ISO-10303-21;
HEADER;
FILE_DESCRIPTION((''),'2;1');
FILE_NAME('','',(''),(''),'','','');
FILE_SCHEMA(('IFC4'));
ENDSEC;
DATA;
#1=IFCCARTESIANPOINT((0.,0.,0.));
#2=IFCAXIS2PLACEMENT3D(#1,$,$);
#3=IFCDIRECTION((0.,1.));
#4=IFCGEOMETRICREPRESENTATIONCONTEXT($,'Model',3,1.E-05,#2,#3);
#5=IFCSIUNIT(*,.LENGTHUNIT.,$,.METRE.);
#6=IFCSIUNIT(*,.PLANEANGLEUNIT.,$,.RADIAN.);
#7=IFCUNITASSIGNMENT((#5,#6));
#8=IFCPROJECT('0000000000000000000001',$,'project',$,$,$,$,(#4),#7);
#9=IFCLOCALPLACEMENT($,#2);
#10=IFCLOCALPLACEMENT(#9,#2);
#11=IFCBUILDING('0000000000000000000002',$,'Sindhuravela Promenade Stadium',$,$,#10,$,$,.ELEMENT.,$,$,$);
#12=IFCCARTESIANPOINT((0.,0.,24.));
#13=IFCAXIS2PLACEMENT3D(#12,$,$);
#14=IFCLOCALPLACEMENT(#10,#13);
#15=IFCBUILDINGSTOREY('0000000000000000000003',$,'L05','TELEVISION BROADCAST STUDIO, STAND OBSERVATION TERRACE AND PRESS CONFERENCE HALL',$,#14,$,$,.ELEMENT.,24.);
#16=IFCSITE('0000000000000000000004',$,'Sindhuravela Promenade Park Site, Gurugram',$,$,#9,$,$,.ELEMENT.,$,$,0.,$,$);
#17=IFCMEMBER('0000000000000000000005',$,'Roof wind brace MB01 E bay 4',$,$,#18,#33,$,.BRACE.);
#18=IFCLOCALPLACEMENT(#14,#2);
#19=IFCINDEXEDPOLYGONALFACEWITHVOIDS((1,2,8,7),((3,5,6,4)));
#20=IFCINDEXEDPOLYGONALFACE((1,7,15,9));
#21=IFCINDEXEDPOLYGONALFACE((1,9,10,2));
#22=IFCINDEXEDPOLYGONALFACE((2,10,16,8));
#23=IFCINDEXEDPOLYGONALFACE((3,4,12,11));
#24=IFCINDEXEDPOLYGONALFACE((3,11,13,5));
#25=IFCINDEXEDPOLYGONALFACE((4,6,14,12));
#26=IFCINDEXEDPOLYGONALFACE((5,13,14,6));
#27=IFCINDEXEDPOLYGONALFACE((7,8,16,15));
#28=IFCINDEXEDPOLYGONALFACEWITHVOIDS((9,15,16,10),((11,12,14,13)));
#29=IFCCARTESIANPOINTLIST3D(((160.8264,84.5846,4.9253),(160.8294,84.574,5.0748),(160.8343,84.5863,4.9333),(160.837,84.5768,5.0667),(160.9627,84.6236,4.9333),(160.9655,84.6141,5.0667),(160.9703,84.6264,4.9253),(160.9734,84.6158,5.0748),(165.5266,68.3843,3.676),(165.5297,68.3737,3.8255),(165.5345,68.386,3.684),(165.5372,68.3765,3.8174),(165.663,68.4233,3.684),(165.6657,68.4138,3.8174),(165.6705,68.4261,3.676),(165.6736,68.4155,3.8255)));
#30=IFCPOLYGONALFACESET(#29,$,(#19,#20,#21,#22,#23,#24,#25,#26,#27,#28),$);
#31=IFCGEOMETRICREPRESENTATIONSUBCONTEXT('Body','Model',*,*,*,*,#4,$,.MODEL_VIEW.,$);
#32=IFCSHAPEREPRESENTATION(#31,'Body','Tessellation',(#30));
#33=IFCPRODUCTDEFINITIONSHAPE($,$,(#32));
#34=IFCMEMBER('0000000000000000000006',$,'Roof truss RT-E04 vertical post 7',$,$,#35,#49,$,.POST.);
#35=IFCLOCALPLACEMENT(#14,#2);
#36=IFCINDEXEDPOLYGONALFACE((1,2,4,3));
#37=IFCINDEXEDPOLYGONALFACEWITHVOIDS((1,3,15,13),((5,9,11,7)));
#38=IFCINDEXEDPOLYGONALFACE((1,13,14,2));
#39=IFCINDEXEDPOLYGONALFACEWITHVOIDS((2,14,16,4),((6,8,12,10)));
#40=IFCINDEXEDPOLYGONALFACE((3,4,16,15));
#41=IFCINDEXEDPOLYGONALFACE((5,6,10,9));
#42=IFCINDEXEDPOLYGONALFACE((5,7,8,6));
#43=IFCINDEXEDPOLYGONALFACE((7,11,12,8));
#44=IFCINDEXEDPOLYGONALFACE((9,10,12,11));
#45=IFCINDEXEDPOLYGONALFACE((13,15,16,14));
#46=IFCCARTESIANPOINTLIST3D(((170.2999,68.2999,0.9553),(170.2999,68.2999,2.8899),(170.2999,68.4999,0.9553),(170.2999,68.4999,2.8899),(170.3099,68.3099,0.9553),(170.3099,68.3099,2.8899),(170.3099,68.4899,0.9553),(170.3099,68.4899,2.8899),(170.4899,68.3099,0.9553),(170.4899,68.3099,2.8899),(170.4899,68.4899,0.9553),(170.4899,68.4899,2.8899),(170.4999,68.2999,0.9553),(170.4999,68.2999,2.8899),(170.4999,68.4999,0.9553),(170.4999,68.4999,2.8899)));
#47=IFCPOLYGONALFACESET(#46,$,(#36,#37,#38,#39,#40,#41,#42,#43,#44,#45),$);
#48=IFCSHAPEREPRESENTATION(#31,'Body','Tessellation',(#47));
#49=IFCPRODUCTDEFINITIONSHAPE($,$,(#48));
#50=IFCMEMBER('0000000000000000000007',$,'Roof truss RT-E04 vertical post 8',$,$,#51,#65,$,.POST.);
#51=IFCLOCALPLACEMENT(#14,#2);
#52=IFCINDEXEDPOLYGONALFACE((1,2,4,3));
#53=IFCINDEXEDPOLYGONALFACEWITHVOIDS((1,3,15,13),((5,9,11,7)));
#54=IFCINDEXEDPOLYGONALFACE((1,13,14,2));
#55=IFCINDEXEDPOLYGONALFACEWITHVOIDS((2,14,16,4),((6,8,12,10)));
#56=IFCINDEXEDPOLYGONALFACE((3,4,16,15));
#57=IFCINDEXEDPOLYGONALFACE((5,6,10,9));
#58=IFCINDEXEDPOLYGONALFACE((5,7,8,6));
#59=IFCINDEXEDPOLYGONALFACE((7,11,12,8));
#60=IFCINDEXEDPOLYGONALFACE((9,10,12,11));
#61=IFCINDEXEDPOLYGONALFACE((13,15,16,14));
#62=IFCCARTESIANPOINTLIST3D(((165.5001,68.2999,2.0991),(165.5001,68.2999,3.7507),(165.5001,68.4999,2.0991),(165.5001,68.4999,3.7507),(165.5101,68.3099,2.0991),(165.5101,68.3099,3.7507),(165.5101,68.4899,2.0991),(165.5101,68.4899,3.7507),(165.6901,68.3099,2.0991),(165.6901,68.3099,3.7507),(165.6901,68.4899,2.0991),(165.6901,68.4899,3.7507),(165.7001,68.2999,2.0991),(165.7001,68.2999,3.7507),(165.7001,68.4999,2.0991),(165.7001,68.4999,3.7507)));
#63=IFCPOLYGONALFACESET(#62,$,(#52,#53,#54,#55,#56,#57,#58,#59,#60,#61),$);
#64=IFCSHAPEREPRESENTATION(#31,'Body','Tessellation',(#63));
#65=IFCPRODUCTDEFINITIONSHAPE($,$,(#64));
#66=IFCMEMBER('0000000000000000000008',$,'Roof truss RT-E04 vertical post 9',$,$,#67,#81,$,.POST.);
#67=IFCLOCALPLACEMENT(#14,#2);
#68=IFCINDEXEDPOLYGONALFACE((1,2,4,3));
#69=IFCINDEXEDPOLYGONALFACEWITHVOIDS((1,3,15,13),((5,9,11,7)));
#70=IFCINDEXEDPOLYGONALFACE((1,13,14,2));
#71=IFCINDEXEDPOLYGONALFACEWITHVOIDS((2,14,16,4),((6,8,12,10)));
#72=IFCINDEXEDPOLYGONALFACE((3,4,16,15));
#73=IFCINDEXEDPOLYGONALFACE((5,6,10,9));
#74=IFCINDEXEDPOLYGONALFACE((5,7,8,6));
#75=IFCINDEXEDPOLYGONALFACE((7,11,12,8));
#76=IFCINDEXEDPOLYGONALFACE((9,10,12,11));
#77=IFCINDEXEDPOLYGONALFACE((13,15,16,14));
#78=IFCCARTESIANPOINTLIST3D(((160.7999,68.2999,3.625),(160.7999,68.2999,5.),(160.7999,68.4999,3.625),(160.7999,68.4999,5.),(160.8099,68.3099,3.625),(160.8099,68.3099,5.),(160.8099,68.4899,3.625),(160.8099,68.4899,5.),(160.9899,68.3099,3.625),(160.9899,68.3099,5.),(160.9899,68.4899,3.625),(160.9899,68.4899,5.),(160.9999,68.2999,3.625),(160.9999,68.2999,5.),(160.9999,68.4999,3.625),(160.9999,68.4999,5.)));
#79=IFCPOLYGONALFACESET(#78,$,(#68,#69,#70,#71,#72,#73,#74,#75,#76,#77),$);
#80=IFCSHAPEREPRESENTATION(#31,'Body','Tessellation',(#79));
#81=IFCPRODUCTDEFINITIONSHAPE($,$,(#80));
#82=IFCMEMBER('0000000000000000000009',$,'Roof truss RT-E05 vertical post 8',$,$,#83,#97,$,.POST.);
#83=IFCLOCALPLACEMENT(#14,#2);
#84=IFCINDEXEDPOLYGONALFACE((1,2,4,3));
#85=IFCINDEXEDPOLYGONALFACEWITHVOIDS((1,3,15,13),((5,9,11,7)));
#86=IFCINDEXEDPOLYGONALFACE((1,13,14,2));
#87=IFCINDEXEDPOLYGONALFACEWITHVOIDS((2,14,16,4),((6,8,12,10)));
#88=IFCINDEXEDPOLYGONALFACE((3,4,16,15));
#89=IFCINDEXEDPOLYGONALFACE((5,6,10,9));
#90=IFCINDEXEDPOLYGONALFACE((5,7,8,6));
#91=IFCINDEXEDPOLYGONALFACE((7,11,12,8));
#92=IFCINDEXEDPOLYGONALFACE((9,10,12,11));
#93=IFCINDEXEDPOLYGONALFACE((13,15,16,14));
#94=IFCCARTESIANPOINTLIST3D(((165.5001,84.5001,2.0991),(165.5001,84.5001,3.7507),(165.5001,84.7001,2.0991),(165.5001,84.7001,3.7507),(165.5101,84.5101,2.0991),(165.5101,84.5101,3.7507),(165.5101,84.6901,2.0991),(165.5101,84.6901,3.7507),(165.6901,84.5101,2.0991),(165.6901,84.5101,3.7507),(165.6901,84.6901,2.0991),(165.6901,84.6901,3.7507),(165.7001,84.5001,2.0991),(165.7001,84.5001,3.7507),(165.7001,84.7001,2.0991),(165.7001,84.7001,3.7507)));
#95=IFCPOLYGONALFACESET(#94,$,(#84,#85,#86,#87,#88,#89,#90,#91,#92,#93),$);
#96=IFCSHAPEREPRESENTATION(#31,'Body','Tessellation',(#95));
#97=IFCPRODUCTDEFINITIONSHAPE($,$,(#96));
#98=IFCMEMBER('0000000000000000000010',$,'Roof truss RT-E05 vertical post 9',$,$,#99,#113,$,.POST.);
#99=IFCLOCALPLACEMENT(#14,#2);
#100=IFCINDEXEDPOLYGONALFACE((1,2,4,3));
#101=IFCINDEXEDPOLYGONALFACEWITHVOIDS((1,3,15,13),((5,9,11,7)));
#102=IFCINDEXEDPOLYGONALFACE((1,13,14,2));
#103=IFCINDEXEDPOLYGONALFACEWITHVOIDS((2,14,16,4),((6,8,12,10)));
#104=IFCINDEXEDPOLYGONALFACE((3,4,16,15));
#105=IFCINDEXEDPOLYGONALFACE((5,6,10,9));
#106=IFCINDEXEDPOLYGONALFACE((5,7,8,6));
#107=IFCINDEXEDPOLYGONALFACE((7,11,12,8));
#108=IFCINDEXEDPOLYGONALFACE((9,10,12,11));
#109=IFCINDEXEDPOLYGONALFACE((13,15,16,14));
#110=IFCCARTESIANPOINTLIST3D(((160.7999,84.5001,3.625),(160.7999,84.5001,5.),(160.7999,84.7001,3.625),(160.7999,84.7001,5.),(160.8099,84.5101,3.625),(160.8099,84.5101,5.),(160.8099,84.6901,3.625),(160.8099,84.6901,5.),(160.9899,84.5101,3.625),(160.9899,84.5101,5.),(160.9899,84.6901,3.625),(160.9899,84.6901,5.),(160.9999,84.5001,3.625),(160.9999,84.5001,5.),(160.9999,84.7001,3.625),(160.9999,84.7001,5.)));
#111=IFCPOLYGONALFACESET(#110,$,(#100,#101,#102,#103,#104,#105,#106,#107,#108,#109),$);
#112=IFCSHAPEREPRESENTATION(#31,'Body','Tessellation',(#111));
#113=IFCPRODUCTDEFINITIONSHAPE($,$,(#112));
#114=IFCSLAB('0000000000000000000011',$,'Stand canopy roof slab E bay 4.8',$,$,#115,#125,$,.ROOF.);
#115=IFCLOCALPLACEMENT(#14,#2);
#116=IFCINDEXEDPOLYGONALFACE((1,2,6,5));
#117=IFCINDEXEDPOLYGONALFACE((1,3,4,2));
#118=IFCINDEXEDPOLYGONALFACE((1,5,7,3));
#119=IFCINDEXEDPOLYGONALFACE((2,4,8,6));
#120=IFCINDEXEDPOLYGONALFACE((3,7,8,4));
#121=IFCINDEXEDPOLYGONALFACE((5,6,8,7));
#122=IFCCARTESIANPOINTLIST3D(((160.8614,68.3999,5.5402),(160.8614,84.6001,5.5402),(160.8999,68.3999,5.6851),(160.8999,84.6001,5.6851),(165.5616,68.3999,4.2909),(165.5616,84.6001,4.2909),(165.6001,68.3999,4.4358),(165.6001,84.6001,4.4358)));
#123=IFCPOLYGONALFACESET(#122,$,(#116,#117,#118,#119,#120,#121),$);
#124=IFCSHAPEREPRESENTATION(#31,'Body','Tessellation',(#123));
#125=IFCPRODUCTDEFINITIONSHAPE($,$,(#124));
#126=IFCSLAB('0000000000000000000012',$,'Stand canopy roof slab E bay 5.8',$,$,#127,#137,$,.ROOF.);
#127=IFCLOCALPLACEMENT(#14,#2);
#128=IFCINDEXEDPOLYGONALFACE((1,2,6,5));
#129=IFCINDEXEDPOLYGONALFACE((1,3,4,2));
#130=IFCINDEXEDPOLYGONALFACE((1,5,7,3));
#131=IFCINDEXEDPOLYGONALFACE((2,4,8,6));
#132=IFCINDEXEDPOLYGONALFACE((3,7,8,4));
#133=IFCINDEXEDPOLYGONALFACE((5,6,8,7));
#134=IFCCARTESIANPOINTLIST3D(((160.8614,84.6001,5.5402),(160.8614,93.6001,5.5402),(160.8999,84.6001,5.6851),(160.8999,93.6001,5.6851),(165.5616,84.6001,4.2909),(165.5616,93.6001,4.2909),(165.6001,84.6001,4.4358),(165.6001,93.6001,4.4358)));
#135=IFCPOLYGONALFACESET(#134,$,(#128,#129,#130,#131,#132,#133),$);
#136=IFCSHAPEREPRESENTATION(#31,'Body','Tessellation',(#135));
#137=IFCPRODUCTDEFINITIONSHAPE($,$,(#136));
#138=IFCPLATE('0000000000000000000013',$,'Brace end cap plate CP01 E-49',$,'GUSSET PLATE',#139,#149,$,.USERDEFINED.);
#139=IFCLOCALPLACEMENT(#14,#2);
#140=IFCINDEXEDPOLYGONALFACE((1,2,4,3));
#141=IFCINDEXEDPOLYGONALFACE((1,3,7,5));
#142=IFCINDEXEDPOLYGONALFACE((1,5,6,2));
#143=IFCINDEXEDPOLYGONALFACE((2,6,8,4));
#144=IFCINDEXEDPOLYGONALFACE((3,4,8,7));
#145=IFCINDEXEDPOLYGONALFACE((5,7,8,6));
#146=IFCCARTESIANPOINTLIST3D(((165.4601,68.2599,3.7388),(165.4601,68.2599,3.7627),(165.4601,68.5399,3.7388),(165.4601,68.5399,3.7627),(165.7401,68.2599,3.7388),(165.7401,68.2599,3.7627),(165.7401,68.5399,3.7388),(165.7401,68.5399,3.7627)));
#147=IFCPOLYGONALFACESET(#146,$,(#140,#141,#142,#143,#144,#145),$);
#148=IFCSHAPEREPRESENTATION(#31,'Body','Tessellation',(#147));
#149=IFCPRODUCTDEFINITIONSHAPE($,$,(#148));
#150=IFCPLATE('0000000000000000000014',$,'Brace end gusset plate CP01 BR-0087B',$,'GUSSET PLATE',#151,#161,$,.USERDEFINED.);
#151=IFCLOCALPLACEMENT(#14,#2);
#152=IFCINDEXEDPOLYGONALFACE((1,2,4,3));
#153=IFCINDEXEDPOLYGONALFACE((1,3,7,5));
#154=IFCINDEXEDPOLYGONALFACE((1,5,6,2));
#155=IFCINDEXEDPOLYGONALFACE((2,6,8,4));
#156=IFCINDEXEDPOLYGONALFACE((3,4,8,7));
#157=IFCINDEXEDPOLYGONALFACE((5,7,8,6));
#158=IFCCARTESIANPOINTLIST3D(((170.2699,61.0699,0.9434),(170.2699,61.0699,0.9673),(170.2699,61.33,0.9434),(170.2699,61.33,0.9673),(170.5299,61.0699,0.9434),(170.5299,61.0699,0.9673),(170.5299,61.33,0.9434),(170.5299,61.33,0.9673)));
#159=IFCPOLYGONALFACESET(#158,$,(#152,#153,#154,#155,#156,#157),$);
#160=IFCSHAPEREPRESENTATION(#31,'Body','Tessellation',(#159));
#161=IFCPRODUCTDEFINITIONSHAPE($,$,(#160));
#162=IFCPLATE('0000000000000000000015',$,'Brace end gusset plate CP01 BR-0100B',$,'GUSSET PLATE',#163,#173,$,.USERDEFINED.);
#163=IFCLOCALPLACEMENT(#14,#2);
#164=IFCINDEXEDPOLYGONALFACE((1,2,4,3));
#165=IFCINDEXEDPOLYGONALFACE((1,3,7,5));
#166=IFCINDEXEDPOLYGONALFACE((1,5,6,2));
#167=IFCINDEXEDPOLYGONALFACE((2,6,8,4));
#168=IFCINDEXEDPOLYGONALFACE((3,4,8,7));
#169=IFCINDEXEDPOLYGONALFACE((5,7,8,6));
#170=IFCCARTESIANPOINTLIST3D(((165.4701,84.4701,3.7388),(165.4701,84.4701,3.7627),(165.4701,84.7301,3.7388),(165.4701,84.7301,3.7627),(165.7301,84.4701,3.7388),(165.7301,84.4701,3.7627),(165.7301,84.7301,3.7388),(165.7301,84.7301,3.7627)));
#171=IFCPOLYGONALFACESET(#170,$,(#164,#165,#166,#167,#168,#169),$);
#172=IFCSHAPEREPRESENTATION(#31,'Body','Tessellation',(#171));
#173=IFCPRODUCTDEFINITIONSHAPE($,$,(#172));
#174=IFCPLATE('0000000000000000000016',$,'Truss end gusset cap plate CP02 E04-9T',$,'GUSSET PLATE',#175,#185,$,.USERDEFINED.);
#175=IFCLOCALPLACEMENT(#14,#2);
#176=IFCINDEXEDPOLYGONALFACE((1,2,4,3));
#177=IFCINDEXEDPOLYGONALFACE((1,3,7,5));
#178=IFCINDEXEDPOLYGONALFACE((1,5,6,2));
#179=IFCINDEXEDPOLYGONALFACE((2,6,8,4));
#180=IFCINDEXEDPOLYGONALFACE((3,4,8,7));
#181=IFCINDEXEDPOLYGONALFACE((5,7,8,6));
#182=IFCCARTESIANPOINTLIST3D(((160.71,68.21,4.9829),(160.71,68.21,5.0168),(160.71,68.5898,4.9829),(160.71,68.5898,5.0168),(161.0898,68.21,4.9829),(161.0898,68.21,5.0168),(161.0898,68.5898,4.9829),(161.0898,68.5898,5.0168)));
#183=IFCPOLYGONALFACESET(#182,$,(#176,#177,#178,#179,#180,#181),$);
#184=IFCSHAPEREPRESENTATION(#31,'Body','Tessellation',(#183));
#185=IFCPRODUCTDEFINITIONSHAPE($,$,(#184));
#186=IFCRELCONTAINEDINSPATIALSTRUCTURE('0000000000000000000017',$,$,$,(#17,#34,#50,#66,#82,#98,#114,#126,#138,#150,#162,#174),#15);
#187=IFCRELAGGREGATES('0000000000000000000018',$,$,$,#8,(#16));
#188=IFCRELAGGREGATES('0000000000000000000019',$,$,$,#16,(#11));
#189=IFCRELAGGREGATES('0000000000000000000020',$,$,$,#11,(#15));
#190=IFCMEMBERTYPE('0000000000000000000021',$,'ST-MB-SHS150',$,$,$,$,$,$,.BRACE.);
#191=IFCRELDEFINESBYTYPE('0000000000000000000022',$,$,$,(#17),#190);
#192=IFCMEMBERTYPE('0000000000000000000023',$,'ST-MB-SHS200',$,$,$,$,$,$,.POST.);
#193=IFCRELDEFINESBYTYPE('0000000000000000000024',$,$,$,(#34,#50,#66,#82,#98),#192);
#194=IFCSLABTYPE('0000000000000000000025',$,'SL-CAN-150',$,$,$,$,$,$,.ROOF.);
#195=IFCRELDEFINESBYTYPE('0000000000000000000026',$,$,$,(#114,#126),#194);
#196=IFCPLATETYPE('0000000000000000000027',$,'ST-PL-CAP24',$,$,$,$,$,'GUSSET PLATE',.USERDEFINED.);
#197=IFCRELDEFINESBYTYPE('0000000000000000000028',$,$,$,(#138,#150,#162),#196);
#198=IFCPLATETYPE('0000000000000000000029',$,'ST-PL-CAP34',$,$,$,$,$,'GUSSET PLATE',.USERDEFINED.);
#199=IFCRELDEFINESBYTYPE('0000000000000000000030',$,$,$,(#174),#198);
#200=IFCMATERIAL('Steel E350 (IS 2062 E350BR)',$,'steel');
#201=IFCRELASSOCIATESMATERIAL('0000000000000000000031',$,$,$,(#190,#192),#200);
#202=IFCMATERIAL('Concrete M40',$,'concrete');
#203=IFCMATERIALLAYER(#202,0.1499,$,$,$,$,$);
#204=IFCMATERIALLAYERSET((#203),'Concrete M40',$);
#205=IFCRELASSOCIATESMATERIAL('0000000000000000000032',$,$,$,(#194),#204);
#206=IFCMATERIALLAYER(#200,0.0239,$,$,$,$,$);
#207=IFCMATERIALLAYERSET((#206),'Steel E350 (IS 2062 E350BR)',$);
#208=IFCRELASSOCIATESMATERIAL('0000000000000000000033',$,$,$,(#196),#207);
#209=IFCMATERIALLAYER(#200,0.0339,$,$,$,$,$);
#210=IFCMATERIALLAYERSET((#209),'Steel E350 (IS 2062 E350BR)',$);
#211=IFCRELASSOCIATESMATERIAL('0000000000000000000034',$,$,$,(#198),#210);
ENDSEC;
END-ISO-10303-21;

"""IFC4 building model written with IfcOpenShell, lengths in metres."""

from ifc_helpers import new_model, si_unit, direction, frame, origin, origin_2d, place, context, subcontext, project, spatial, polyline, rectangle, hollow_rectangle, outline, extrude, material, layer, layer_set, material_profile, profile_set, type_object, element, save


model = new_model("IFC4")

# Units and contexts
model_context = context("Model", 3, precision=1e-05, world=origin(), true_north=direction((0.0, 1.0)))
body_context = subcontext(model_context, "Body", "Model", "MODEL_VIEW")
ifc_project = project(units=[si_unit("LENGTHUNIT", "METRE"), si_unit("PLANEANGLEUNIT", "RADIAN")], contexts=[model_context])

# Site, building, storey
site_placement = place(None, origin())
site = spatial("IfcSite", under=ifc_project, at=site_placement, Name="Sindhuravela Promenade Park Site, Gurugram", CompositionType="ELEMENT", RefElevation=0.0)
building_placement = place(site_placement, origin())
building = spatial("IfcBuilding", under=site, at=building_placement, Name="Sindhuravela Promenade Stadium", CompositionType="ELEMENT")
storey_placement = place(building_placement, frame((0.0, 0.0, 24.0)))
storey = spatial("IfcBuildingStorey", under=building, at=storey_placement, Name="L05", Description="TELEVISION BROADCAST STUDIO, STAND OBSERVATION TERRACE AND PRESS CONFERENCE HALL", CompositionType="ELEMENT", Elevation=24.0)

# Shared definitions
ifc_material_1 = material(Name="Steel E350 (IS 2062 E350BR)", Category="steel")

# Members
ifc_material_profile_1 = material_profile(ifc_material_1, hollow_rectangle(XDim=0.1499, YDim=0.1499, WallThickness=0.0081, at=origin_2d()), Name="SHS 150x150x8")
ifc_profile_set_1 = profile_set([ifc_material_profile_1], Name="Steel E350 (IS 2062 E350BR)")
member_type_1 = type_object("IfcMemberType", Name="ST-MB-SHS150", PredefinedType="BRACE", material=ifc_profile_set_1)
member_1_placement = place(storey_placement, frame((165.6001, 68.3999, 3.7507), z_axis=(-0.27788, 0.957772, 0.073858), x_axis=(-0.960395, -0.278641, 0.0)))
element("IfcMember", 1, at=member_1_placement, inside=storey, type_object=member_type_1, Name="Roof wind brace MB01 E bay 4", PredefinedType="BRACE", context=body_context, shape_type="SweptSolid", body=[
    extrude(hollow_rectangle(XDim=0.1499, YDim=0.1499, WallThickness=0.0081, at=origin_2d()), origin(), (0.0, 0.0, 1.0), 16.9146),
])
ifc_material_profile_2 = material_profile(ifc_material_1, hollow_rectangle(XDim=0.2, YDim=0.2, WallThickness=0.01, at=origin_2d()), Name="SHS 200x200x10")
ifc_profile_set_2 = profile_set([ifc_material_profile_2], Name="Steel E350 (IS 2062 E350BR)")
member_type_2 = type_object("IfcMemberType", Name="ST-MB-SHS200", PredefinedType="POST", material=ifc_profile_set_2)
member_2_placement = place(storey_placement, frame((170.3999, 68.3999, 0.9553), z_axis=(0.0, 0.0, 1.0), x_axis=(1.0, 0.0, 0.0)))
element("IfcMember", 2, at=member_2_placement, inside=storey, type_object=member_type_2, Name="Roof truss RT-E04 vertical post 7", PredefinedType="POST", context=body_context, shape_type="SweptSolid", body=[
    extrude(hollow_rectangle(XDim=0.2, YDim=0.2, WallThickness=0.01, at=origin_2d()), origin(), (0.0, 0.0, 1.0), 1.9346),
])
member_3_placement = place(storey_placement, frame((165.6001, 68.3999, 2.0991), z_axis=(0.0, 0.0, 1.0), x_axis=(1.0, 0.0, 0.0)))
element("IfcMember", 3, at=member_3_placement, inside=storey, type_object=member_type_2, Name="Roof truss RT-E04 vertical post 8", PredefinedType="POST", context=body_context, shape_type="SweptSolid", body=[
    extrude(hollow_rectangle(XDim=0.2, YDim=0.2, WallThickness=0.01, at=origin_2d()), origin(), (0.0, 0.0, 1.0), 1.6516),
])
member_4_placement = place(storey_placement, frame((160.8999, 68.3999, 3.625), z_axis=(0.0, 0.0, 1.0), x_axis=(1.0, 0.0, 0.0)))
element("IfcMember", 4, at=member_4_placement, inside=storey, type_object=member_type_2, Name="Roof truss RT-E04 vertical post 9", PredefinedType="POST", context=body_context, shape_type="SweptSolid", body=[
    extrude(hollow_rectangle(XDim=0.2, YDim=0.2, WallThickness=0.01, at=origin_2d()), origin(), (0.0, 0.0, 1.0), 1.375),
])
member_5_placement = place(storey_placement, frame((165.6001, 84.6001, 2.0991), z_axis=(0.0, 0.0, 1.0), x_axis=(1.0, 0.0, 0.0)))
element("IfcMember", 5, at=member_5_placement, inside=storey, type_object=member_type_2, Name="Roof truss RT-E05 vertical post 8", PredefinedType="POST", context=body_context, shape_type="SweptSolid", body=[
    extrude(hollow_rectangle(XDim=0.2, YDim=0.2, WallThickness=0.01, at=origin_2d()), origin(), (0.0, 0.0, 1.0), 1.6516),
])
member_6_placement = place(storey_placement, frame((160.8999, 84.6001, 3.625), z_axis=(0.0, 0.0, 1.0), x_axis=(1.0, 0.0, 0.0)))
element("IfcMember", 6, at=member_6_placement, inside=storey, type_object=member_type_2, Name="Roof truss RT-E05 vertical post 9", PredefinedType="POST", context=body_context, shape_type="SweptSolid", body=[
    extrude(hollow_rectangle(XDim=0.2, YDim=0.2, WallThickness=0.01, at=origin_2d()), origin(), (0.0, 0.0, 1.0), 1.375),
])

# Slabs
ifc_material_2 = material(Name="Concrete M40", Category="concrete")
ifc_layer_1 = layer(ifc_material_2, 0.1499)
ifc_layer_set_1 = layer_set([ifc_layer_1], Name="Concrete M40")
slab_type = type_object("IfcSlabType", Name="SL-CAN-150", PredefinedType="ROOF", material=ifc_layer_set_1)
slab_1_placement = place(storey_placement, frame((165.6001, 68.3999, 4.4358), z_axis=(0.256872, 0.0, 0.966445), x_axis=(0.0, 1.0, 0.0)))
element("IfcSlab", 7, at=slab_1_placement, inside=storey, type_object=slab_type, Name="Stand canopy roof slab E bay 4.8", PredefinedType="ROOF", context=body_context, shape_type="SweptSolid", body=[
    extrude(outline(polyline([(0.0, 0.0), (16.2002, 0.0), (16.2002, 4.8634), (0.0, 4.8634), (0.0, 0.0)])), origin(), (0.0, 0.0, -1.0), 0.1499),
])
slab_2_placement = place(storey_placement, frame((165.6001, 84.6001, 4.4358), z_axis=(0.256872, 0.0, 0.966445), x_axis=(0.0, 1.0, 0.0)))
element("IfcSlab", 8, at=slab_2_placement, inside=storey, type_object=slab_type, Name="Stand canopy roof slab E bay 5.8", PredefinedType="ROOF", context=body_context, shape_type="SweptSolid", body=[
    extrude(outline(polyline([(0.0, 0.0), (9.0, 0.0), (9.0, 4.8634), (0.0, 4.8634), (0.0, 0.0)])), origin(), (0.0, 0.0, -1.0), 0.1499),
])

# Plates
ifc_layer_2 = layer(ifc_material_1, 0.0239)
ifc_layer_set_2 = layer_set([ifc_layer_2], Name="Steel E350 (IS 2062 E350BR)")
plate_type_1 = type_object("IfcPlateType", Name="ST-PL-CAP24", ElementType="GUSSET PLATE", PredefinedType="USERDEFINED", material=ifc_layer_set_2)
plate_placement = place(storey_placement, frame((165.6001, 68.3999, 3.7388), z_axis=(0.0, 0.0, 1.0), x_axis=(1.0, 0.0, 0.0)))
element("IfcPlate", 9, at=plate_placement, inside=storey, type_object=plate_type_1, Name="Brace end cap plate CP01 E-49", ObjectType="GUSSET PLATE", PredefinedType="USERDEFINED", context=body_context, shape_type="SweptSolid", body=[
    extrude(rectangle(XDim=0.28, YDim=0.28, at=origin_2d()), origin(), (0.0, 0.0, 1.0), 0.0239),
])
for number, where, z_axis, x_axis, name in (
    (10, (170.3999, 61.2, 0.9434), (0.0, 0.0, 1.0), (1.0, 0.0, 0.0), "Brace end gusset plate CP01 BR-0087B"),
    (11, (165.6001, 84.6001, 3.7388), (0.0, 0.0, 1.0), (1.0, 0.0, 0.0), "Brace end gusset plate CP01 BR-0100B"),
):
    element("IfcPlate", number, at=place(storey_placement, frame(where, z_axis=z_axis, x_axis=x_axis)), inside=storey, type_object=plate_type_1, Name=name, ObjectType="GUSSET PLATE", PredefinedType="USERDEFINED", context=body_context, shape_type="SweptSolid", body=[
        extrude(rectangle(XDim=0.26, YDim=0.26, at=origin_2d()), origin(), (0.0, 0.0, 1.0), 0.0239),
    ])
ifc_layer_3 = layer(ifc_material_1, 0.0339)
ifc_layer_set_3 = layer_set([ifc_layer_3], Name="Steel E350 (IS 2062 E350BR)")
plate_type_2 = type_object("IfcPlateType", Name="ST-PL-CAP34", ElementType="GUSSET PLATE", PredefinedType="USERDEFINED", material=ifc_layer_set_3)
for number, where, z_axis, x_axis, name in (
    (12, (160.8999, 68.3999, 4.9829), (0.0, 0.0, 1.0), (1.0, 0.0, 0.0), "Truss end gusset cap plate CP02 E04-9T"),
):
    element("IfcPlate", number, at=place(storey_placement, frame(where, z_axis=z_axis, x_axis=x_axis)), inside=storey, type_object=plate_type_2, Name=name, ObjectType="GUSSET PLATE", PredefinedType="USERDEFINED", context=body_context, shape_type="SweptSolid", body=[
        extrude(rectangle(XDim=0.3799, YDim=0.3799, at=origin_2d()), origin(), (0.0, 0.0, 1.0), 0.0339),
    ])

save(model, "model.ifc")
